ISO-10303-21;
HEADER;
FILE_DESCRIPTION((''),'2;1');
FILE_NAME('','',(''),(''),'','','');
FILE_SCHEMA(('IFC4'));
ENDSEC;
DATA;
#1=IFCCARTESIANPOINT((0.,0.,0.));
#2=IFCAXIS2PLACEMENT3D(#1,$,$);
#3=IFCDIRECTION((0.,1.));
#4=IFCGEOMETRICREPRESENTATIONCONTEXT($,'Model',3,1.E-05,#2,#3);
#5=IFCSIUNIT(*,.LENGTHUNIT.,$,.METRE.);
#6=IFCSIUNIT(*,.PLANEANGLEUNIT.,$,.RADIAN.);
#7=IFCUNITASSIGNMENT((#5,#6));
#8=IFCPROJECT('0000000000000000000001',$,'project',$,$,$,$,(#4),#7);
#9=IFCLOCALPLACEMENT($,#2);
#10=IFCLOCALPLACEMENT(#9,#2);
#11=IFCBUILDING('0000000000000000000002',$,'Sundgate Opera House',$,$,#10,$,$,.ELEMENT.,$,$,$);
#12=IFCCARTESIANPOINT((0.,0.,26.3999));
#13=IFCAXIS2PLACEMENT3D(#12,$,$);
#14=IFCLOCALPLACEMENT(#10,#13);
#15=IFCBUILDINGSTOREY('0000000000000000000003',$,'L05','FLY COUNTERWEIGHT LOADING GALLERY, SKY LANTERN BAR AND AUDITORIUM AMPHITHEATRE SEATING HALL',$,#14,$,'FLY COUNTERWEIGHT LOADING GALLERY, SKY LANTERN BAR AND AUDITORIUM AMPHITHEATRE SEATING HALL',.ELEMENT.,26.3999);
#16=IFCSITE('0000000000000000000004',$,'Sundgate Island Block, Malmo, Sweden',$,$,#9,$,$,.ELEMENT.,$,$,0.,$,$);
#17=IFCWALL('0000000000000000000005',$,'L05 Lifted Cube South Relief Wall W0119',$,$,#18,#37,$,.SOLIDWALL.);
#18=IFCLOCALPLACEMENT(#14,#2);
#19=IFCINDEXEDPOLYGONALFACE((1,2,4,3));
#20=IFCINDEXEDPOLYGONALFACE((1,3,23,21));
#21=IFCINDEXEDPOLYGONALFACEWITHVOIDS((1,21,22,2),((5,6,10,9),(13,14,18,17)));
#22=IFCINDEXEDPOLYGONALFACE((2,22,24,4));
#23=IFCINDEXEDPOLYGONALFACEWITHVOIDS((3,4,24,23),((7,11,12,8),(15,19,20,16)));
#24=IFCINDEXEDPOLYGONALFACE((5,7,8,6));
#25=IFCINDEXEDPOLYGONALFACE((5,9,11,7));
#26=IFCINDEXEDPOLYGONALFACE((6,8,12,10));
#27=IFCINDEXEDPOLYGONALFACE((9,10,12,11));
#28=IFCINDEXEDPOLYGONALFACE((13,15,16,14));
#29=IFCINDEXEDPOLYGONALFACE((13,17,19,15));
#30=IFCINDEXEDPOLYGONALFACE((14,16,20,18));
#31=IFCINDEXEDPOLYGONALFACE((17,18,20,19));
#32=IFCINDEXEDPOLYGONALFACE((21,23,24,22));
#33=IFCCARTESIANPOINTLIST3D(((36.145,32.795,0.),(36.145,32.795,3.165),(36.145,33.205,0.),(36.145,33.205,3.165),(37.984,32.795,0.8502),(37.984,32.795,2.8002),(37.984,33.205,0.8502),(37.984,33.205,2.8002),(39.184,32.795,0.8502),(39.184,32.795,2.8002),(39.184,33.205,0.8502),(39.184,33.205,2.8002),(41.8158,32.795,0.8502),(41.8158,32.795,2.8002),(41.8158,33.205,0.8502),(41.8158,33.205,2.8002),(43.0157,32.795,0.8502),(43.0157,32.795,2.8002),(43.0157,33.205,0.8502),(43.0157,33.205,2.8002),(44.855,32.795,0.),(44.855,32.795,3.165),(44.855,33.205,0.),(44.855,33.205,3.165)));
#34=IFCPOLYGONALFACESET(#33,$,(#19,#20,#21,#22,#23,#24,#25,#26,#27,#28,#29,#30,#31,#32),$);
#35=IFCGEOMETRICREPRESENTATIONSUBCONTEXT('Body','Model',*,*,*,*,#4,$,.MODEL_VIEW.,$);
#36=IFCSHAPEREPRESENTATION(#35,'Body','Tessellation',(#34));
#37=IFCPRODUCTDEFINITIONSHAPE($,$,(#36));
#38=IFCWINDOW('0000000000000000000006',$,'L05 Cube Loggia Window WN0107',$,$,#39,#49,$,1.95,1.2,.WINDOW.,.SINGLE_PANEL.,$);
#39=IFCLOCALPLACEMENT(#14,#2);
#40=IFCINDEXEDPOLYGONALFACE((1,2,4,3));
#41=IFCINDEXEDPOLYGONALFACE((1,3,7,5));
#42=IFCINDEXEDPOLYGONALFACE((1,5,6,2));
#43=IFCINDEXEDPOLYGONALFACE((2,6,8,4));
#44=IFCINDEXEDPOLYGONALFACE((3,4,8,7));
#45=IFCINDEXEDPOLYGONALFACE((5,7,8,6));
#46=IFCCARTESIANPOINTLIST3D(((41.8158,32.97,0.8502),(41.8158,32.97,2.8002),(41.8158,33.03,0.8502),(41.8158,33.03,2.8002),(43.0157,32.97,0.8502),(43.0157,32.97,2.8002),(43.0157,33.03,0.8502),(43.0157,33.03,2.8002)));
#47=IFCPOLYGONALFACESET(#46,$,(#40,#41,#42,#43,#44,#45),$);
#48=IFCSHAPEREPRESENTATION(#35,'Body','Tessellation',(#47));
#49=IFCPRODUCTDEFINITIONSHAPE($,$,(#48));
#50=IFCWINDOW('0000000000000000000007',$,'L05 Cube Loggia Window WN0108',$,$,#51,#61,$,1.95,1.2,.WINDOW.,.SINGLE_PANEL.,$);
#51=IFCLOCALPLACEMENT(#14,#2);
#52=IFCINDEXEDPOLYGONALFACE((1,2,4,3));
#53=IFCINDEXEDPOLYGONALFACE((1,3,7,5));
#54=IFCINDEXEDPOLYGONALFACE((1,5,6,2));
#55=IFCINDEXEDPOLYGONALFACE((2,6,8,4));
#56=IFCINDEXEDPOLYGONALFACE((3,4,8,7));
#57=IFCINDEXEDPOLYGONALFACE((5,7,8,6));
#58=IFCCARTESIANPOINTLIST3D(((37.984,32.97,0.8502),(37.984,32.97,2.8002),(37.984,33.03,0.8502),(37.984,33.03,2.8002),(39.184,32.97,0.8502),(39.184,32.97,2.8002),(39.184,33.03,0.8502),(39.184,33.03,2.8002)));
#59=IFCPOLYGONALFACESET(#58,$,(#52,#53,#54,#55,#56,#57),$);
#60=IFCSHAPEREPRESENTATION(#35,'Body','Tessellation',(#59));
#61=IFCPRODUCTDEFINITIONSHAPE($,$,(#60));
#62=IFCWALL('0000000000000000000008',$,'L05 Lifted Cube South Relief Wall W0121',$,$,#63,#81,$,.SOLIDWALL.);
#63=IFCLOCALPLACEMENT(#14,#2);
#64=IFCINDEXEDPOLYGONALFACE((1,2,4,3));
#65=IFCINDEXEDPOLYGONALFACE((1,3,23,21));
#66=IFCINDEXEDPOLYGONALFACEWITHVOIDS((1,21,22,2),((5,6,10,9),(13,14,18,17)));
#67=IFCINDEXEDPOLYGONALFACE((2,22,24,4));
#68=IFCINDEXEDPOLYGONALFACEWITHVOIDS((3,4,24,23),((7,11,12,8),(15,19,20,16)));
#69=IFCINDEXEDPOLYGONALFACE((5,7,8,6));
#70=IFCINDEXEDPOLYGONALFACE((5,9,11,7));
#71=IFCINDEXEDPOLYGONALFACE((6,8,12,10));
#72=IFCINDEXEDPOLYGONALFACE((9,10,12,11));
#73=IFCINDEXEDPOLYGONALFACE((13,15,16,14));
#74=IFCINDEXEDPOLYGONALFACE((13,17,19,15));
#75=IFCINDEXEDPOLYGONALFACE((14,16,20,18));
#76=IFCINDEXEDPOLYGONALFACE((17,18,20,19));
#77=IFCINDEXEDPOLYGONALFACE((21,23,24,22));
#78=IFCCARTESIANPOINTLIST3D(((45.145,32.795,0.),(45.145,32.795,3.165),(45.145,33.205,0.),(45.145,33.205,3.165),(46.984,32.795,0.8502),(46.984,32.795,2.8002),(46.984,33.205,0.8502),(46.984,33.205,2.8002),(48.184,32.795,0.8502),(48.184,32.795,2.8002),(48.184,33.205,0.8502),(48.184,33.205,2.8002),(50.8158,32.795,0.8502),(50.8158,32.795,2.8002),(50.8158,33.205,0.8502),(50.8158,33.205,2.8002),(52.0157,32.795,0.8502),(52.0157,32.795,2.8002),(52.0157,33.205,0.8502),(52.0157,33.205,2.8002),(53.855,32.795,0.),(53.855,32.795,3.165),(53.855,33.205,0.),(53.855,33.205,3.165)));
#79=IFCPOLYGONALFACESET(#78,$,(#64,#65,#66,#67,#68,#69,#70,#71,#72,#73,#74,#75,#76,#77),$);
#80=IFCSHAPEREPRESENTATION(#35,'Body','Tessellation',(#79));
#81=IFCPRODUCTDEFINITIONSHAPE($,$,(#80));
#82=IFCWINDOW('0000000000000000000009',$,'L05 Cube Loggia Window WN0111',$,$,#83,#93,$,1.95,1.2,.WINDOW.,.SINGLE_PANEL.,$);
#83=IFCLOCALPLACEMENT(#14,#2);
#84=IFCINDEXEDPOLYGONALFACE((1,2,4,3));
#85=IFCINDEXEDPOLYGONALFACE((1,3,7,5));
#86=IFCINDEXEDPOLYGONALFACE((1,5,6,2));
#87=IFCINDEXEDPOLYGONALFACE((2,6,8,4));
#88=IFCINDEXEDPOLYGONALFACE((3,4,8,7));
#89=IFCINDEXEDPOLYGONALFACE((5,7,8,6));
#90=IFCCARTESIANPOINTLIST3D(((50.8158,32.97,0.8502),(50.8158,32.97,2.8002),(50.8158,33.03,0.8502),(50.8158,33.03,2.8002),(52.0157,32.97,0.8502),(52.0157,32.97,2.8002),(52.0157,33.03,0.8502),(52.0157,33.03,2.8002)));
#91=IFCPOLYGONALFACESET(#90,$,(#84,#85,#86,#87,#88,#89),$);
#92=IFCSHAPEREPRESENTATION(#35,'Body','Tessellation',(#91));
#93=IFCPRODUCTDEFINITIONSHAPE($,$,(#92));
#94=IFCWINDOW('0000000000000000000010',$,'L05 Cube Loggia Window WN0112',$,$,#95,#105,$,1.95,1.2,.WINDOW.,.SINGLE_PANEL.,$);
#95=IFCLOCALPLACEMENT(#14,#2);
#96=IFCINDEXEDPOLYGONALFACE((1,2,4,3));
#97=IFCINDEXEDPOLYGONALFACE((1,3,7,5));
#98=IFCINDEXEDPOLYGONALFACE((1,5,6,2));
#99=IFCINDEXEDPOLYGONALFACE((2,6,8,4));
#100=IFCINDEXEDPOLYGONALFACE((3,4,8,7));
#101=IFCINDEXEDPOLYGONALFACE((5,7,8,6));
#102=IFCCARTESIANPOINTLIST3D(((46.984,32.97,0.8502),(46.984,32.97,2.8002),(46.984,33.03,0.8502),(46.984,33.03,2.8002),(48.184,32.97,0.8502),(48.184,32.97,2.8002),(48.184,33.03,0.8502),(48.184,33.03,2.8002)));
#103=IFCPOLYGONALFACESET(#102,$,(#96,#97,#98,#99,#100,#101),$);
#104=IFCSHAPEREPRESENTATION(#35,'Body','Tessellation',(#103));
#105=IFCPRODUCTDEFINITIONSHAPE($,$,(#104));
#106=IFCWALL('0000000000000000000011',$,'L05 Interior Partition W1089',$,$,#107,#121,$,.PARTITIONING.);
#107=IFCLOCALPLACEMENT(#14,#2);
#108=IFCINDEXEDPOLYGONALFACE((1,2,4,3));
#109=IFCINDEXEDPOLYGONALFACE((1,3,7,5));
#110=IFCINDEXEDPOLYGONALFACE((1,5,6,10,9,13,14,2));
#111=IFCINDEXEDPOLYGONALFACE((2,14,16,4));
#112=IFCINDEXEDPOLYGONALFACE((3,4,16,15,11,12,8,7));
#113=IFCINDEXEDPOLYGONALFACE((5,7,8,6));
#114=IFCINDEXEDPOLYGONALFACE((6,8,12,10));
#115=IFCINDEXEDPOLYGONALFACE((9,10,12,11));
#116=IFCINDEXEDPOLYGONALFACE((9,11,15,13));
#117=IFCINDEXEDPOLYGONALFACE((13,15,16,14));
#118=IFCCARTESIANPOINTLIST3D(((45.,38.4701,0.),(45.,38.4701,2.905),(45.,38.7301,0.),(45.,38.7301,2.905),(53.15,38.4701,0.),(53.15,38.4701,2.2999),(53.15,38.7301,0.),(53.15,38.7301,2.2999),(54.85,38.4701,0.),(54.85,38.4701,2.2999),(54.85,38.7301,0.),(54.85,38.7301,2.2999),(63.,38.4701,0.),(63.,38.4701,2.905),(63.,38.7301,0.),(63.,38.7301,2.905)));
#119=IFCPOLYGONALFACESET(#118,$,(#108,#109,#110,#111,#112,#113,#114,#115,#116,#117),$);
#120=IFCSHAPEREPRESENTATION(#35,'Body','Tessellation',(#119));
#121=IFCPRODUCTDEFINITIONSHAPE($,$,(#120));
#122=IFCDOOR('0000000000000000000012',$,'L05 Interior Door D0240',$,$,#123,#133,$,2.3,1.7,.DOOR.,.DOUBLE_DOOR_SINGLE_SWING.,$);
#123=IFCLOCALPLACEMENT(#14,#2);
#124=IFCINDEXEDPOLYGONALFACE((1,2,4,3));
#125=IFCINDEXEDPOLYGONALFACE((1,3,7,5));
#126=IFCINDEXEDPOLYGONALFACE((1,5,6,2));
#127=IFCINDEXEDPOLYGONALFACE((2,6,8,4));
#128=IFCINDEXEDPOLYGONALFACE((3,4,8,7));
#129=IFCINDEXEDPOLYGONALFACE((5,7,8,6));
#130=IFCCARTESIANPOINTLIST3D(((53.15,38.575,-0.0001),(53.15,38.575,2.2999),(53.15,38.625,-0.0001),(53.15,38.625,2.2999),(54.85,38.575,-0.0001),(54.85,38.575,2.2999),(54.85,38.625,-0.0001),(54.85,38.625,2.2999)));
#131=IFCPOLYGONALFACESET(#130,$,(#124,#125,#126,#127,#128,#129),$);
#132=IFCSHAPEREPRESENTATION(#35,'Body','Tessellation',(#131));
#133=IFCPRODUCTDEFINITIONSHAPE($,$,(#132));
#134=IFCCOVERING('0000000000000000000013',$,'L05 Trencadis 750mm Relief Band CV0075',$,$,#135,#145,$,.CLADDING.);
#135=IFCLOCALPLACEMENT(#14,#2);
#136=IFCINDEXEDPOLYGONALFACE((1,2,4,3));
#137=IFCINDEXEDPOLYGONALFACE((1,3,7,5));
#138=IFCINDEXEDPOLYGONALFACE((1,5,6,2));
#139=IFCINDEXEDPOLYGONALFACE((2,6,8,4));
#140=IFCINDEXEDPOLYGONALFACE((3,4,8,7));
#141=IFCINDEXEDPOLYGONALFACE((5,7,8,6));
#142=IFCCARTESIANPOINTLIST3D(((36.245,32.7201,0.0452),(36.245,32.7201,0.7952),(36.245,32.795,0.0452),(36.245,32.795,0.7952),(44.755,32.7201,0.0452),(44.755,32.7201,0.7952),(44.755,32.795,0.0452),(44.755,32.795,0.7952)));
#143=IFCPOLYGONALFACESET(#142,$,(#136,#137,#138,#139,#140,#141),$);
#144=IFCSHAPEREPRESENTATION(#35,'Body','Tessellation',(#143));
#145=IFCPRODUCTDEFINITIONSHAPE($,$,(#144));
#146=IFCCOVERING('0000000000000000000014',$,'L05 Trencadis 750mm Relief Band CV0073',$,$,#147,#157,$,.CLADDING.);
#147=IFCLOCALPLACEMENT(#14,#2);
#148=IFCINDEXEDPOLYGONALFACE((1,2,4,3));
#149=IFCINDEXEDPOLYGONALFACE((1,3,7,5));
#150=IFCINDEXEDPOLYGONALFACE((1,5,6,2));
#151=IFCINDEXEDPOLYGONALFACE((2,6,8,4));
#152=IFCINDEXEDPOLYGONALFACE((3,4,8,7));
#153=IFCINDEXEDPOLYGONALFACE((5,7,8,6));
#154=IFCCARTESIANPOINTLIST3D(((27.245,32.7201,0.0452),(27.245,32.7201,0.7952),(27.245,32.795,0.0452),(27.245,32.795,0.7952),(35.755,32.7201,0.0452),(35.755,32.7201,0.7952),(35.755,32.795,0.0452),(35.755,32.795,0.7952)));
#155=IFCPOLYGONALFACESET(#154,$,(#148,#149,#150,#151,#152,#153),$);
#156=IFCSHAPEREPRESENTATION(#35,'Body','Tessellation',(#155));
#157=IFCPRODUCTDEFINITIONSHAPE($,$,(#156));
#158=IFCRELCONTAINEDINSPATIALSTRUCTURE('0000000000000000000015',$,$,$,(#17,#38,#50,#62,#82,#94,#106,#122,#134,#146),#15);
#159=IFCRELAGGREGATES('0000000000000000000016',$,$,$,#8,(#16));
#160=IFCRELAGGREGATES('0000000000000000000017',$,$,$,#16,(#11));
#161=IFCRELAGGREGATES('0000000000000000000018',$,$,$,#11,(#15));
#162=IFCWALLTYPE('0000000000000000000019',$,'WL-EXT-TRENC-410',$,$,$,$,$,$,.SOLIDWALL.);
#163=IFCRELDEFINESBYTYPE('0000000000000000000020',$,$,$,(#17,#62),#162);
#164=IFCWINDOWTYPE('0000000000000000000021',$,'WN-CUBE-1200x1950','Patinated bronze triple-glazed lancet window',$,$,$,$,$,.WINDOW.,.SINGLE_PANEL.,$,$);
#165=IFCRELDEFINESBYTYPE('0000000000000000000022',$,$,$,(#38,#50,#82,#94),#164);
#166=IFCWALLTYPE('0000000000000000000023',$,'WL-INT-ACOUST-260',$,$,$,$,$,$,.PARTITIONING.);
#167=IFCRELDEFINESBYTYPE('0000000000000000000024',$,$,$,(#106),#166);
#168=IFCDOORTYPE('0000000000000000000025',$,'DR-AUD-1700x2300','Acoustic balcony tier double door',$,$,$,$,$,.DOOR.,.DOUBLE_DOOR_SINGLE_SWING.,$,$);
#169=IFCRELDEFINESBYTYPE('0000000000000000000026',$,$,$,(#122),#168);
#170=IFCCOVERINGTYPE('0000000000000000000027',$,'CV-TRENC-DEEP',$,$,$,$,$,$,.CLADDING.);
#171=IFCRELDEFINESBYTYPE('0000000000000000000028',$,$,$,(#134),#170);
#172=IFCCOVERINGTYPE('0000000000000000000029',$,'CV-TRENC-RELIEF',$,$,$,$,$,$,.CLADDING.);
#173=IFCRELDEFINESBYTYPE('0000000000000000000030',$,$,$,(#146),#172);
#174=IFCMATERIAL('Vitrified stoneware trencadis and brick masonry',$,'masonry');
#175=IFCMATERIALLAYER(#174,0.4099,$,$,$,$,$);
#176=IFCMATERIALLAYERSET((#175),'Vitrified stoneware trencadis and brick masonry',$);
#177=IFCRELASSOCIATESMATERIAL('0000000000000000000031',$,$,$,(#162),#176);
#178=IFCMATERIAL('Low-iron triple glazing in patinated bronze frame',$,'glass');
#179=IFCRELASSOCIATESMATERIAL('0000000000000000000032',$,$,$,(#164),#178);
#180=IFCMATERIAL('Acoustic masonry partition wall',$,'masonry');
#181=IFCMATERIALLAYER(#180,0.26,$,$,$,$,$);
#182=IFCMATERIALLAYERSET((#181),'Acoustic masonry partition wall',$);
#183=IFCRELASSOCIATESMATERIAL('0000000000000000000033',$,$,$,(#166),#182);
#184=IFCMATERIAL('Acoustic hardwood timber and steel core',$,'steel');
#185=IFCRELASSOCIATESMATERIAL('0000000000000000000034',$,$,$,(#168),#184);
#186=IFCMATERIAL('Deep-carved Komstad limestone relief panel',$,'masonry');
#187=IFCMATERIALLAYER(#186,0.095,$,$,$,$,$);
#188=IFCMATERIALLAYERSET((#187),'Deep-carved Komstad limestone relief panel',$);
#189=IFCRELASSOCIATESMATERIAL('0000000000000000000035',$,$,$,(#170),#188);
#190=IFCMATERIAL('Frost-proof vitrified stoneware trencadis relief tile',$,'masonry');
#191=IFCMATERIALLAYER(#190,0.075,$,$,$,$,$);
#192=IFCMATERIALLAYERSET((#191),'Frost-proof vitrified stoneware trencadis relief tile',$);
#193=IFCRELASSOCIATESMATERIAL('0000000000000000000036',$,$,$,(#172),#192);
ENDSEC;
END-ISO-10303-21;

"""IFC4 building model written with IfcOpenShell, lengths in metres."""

from ifc_helpers import new_model, si_unit, direction, frame, frame_2d, origin, origin_2d, place, context, subcontext, project, spatial, rectangle, extrude, material, layer, layer_set, type_object, element, fill, save


model = new_model("IFC4")

# Units and contexts
model_context = context("Model", 3, precision=1e-05, world=origin(), true_north=direction((0.0, 1.0)))
body_context = subcontext(model_context, "Body", "Model", "MODEL_VIEW")
ifc_project = project(units=[si_unit("LENGTHUNIT", "METRE"), si_unit("PLANEANGLEUNIT", "RADIAN")], contexts=[model_context])

# Site, building, storey
site_placement = place(None, origin())
site = spatial("IfcSite", under=ifc_project, at=site_placement, Name="Sundgate Island Block, Malmo, Sweden", CompositionType="ELEMENT", RefElevation=0.0)
building_placement = place(site_placement, origin())
building = spatial("IfcBuilding", under=site, at=building_placement, Name="Sundgate Opera House", CompositionType="ELEMENT")
storey_placement = place(building_placement, frame((0.0, 0.0, 26.3999)))
storey = spatial("IfcBuildingStorey", under=building, at=storey_placement, Name="L05", Description="FLY COUNTERWEIGHT LOADING GALLERY, SKY LANTERN BAR AND AUDITORIUM AMPHITHEATRE SEATING HALL", LongName="FLY COUNTERWEIGHT LOADING GALLERY, SKY LANTERN BAR AND AUDITORIUM AMPHITHEATRE SEATING HALL", CompositionType="ELEMENT", Elevation=26.3999)

# Shared definitions
ifc_material_1 = material(Name="Vitrified stoneware trencadis and brick masonry", Category="masonry")
ifc_layer_1 = layer(ifc_material_1, 0.4099)
ifc_layer_set_1 = layer_set([ifc_layer_1], Name="Vitrified stoneware trencadis and brick masonry")
wall_type_1 = type_object("IfcWallType", Name="WL-EXT-TRENC-410", PredefinedType="SOLIDWALL", material=ifc_layer_set_1)

# Walls, openings, windows
wall_1_placement = place(storey_placement, frame((44.855, 33.0, 0.0), z_axis=(0.0, 0.0, 1.0), x_axis=(-1.0, 0.0, 0.0)))
wall_1 = element("IfcWall", 1, at=wall_1_placement, inside=storey, type_object=wall_type_1, Name="L05 Lifted Cube South Relief Wall W0119", PredefinedType="SOLIDWALL", context=body_context, shape_type="SweptSolid", body=[
    extrude(rectangle(XDim=8.71, YDim=0.4099, at=frame_2d((4.355, 0.0))), origin(), (0.0, 0.0, 1.0), 3.165),
])
opening_1_placement = place(wall_1_placement, frame((1.8391, 0.0, 0.8501)))
opening_1 = element("IfcOpeningElement", 2, at=opening_1_placement, cuts=wall_1, PredefinedType="OPENING", context=body_context, shape_type="SweptSolid", body=[
    extrude(rectangle(XDim=1.2, YDim=1.95, at=frame_2d((0.6001, 0.9751))), frame((0.0, 0.2148, 0.0), z_axis=(0.0, -1.0, 0.0), x_axis=(1.0, 0.0, 0.0)), (0.0, 0.0, 1.0), 0.4299),
])
opening_2_placement = place(wall_1_placement, frame((5.6709, 0.0, 0.8501)))
opening_2 = element("IfcOpeningElement", 3, at=opening_2_placement, cuts=wall_1, PredefinedType="OPENING", context=body_context, shape_type="SweptSolid", body=[
    extrude(rectangle(XDim=1.2, YDim=1.95, at=frame_2d((0.6001, 0.9751))), frame((0.0, 0.2148, 0.0), z_axis=(0.0, -1.0, 0.0), x_axis=(1.0, 0.0, 0.0)), (0.0, 0.0, 1.0), 0.4299),
])
ifc_material_2 = material(Name="Low-iron triple glazing in patinated bronze frame", Category="glass")
window_type = type_object("IfcWindowType", Name="WN-CUBE-1200x1950", Description="Patinated bronze triple-glazed lancet window", PartitioningType="SINGLE_PANEL", PredefinedType="WINDOW", material=ifc_material_2)
window_1_placement = place(opening_1_placement, origin())
window_1 = element("IfcWindow", 4, at=window_1_placement, inside=storey, type_object=window_type, Name="L05 Cube Loggia Window WN0107", OverallHeight=1.95, OverallWidth=1.2, PartitioningType="SINGLE_PANEL", PredefinedType="WINDOW", context=body_context, shape_type="SweptSolid", body=[
    extrude(rectangle(XDim=1.2, YDim=1.95, at=frame_2d((0.6001, 0.9751))), frame((0.0, 0.03, 0.0), z_axis=(0.0, -1.0, 0.0), x_axis=(1.0, 0.0, 0.0)), (0.0, 0.0, 1.0), 0.0601),
])
fill(opening_1, window_1)
window_2_placement = place(opening_2_placement, origin())
window_2 = element("IfcWindow", 5, at=window_2_placement, inside=storey, type_object=window_type, Name="L05 Cube Loggia Window WN0108", OverallHeight=1.95, OverallWidth=1.2, PartitioningType="SINGLE_PANEL", PredefinedType="WINDOW", context=body_context, shape_type="SweptSolid", body=[
    extrude(rectangle(XDim=1.2, YDim=1.95, at=frame_2d((0.6001, 0.9751))), frame((0.0, 0.03, 0.0), z_axis=(0.0, -1.0, 0.0), x_axis=(1.0, 0.0, 0.0)), (0.0, 0.0, 1.0), 0.0601),
])
fill(opening_2, window_2)
wall_2_placement = place(storey_placement, frame((53.855, 33.0, 0.0), z_axis=(0.0, 0.0, 1.0), x_axis=(-1.0, 0.0, 0.0)))
wall_2 = element("IfcWall", 6, at=wall_2_placement, inside=storey, type_object=wall_type_1, Name="L05 Lifted Cube South Relief Wall W0121", PredefinedType="SOLIDWALL", context=body_context, shape_type="SweptSolid", body=[
    extrude(rectangle(XDim=8.71, YDim=0.4099, at=frame_2d((4.355, 0.0))), origin(), (0.0, 0.0, 1.0), 3.165),
])
opening_3_placement = place(wall_2_placement, frame((1.8391, 0.0, 0.8501)))
opening_3 = element("IfcOpeningElement", 7, at=opening_3_placement, cuts=wall_2, PredefinedType="OPENING", context=body_context, shape_type="SweptSolid", body=[
    extrude(rectangle(XDim=1.2, YDim=1.95, at=frame_2d((0.6001, 0.9751))), frame((0.0, 0.2148, 0.0), z_axis=(0.0, -1.0, 0.0), x_axis=(1.0, 0.0, 0.0)), (0.0, 0.0, 1.0), 0.4299),
])
opening_4_placement = place(wall_2_placement, frame((5.6709, 0.0, 0.8501)))
opening_4 = element("IfcOpeningElement", 8, at=opening_4_placement, cuts=wall_2, PredefinedType="OPENING", context=body_context, shape_type="SweptSolid", body=[
    extrude(rectangle(XDim=1.2, YDim=1.95, at=frame_2d((0.6001, 0.9751))), frame((0.0, 0.2148, 0.0), z_axis=(0.0, -1.0, 0.0), x_axis=(1.0, 0.0, 0.0)), (0.0, 0.0, 1.0), 0.4299),
])
window_3_placement = place(opening_3_placement, origin())
window_3 = element("IfcWindow", 9, at=window_3_placement, inside=storey, type_object=window_type, Name="L05 Cube Loggia Window WN0111", OverallHeight=1.95, OverallWidth=1.2, PartitioningType="SINGLE_PANEL", PredefinedType="WINDOW", context=body_context, shape_type="SweptSolid", body=[
    extrude(rectangle(XDim=1.2, YDim=1.95, at=frame_2d((0.6001, 0.9751))), frame((0.0, 0.03, 0.0), z_axis=(0.0, -1.0, 0.0), x_axis=(1.0, 0.0, 0.0)), (0.0, 0.0, 1.0), 0.0601),
])
fill(opening_3, window_3)
window_4_placement = place(opening_4_placement, origin())
window_4 = element("IfcWindow", 10, at=window_4_placement, inside=storey, type_object=window_type, Name="L05 Cube Loggia Window WN0112", OverallHeight=1.95, OverallWidth=1.2, PartitioningType="SINGLE_PANEL", PredefinedType="WINDOW", context=body_context, shape_type="SweptSolid", body=[
    extrude(rectangle(XDim=1.2, YDim=1.95, at=frame_2d((0.6001, 0.9751))), frame((0.0, 0.03, 0.0), z_axis=(0.0, -1.0, 0.0), x_axis=(1.0, 0.0, 0.0)), (0.0, 0.0, 1.0), 0.0601),
])
fill(opening_4, window_4)

# Wall, opening, door
ifc_material_3 = material(Name="Acoustic masonry partition wall", Category="masonry")
ifc_layer_2 = layer(ifc_material_3, 0.26)
ifc_layer_set_2 = layer_set([ifc_layer_2], Name="Acoustic masonry partition wall")
wall_type_2 = type_object("IfcWallType", Name="WL-INT-ACOUST-260", PredefinedType="PARTITIONING", material=ifc_layer_set_2)
wall_3_placement = place(storey_placement, frame((45.0, 38.6001, 0.0), z_axis=(0.0, 0.0, 1.0), x_axis=(1.0, 0.0, 0.0)))
wall_3 = element("IfcWall", 11, at=wall_3_placement, inside=storey, type_object=wall_type_2, Name="L05 Interior Partition W1089", PredefinedType="PARTITIONING", context=body_context, shape_type="SweptSolid", body=[
    extrude(rectangle(XDim=18.0, YDim=0.26, at=frame_2d((9.0, 0.0))), origin(), (0.0, 0.0, 1.0), 2.905),
])
opening_5_placement = place(wall_3_placement, frame((8.1499, 0.0, 0.0)))
opening_5 = element("IfcOpeningElement", 12, at=opening_5_placement, cuts=wall_3, PredefinedType="OPENING", context=body_context, shape_type="SweptSolid", body=[
    extrude(rectangle(XDim=1.7, YDim=2.3, at=frame_2d((0.8501, 1.1499))), frame((0.0, 0.1399, 0.0), z_axis=(0.0, -1.0, 0.0), x_axis=(1.0, 0.0, 0.0)), (0.0, 0.0, 1.0), 0.28),
])
ifc_material_4 = material(Name="Acoustic hardwood timber and steel core", Category="steel")
door_type = type_object("IfcDoorType", Name="DR-AUD-1700x2300", Description="Acoustic balcony tier double door", OperationType="DOUBLE_DOOR_SINGLE_SWING", PredefinedType="DOOR", material=ifc_material_4)
door_placement = place(opening_5_placement, origin())
door = element("IfcDoor", 13, at=door_placement, inside=storey, type_object=door_type, Name="L05 Interior Door D0240", OperationType="DOUBLE_DOOR_SINGLE_SWING", OverallHeight=2.3, OverallWidth=1.7, PredefinedType="DOOR", context=body_context, shape_type="SweptSolid", body=[
    extrude(rectangle(XDim=1.7, YDim=2.3, at=frame_2d((0.8501, 1.1499))), frame((0.0, 0.0249, 0.0), z_axis=(0.0, -1.0, 0.0), x_axis=(1.0, 0.0, 0.0)), (0.0, 0.0, 1.0), 0.05),
])
fill(opening_5, door)

# Coverings
ifc_material_5 = material(Name="Deep-carved Komstad limestone relief panel", Category="masonry")
ifc_layer_3 = layer(ifc_material_5, 0.095)
ifc_layer_set_3 = layer_set([ifc_layer_3], Name="Deep-carved Komstad limestone relief panel")
covering_type_1 = type_object("IfcCoveringType", Name="CV-TRENC-DEEP", PredefinedType="CLADDING", material=ifc_layer_set_3)
covering_1_placement = place(storey_placement, frame((40.5, 32.7576, 0.0452), z_axis=(0.0, 0.0, 1.0), x_axis=(1.0, 0.0, 0.0)))
element("IfcCovering", 14, at=covering_1_placement, inside=storey, type_object=covering_type_1, Name="L05 Trencadis 750mm Relief Band CV0075", PredefinedType="CLADDING", context=body_context, shape_type="SweptSolid", body=[
    extrude(rectangle(XDim=8.51, YDim=0.075, at=origin_2d()), origin(), (0.0, 0.0, 1.0), 0.75),
])
ifc_material_6 = material(Name="Frost-proof vitrified stoneware trencadis relief tile", Category="masonry")
ifc_layer_4 = layer(ifc_material_6, 0.075)
ifc_layer_set_4 = layer_set([ifc_layer_4], Name="Frost-proof vitrified stoneware trencadis relief tile")
covering_type_2 = type_object("IfcCoveringType", Name="CV-TRENC-RELIEF", PredefinedType="CLADDING", material=ifc_layer_set_4)
covering_2_placement = place(storey_placement, frame((31.5, 32.7576, 0.0452), z_axis=(0.0, 0.0, 1.0), x_axis=(1.0, 0.0, 0.0)))
element("IfcCovering", 15, at=covering_2_placement, inside=storey, type_object=covering_type_2, Name="L05 Trencadis 750mm Relief Band CV0073", PredefinedType="CLADDING", context=body_context, shape_type="SweptSolid", body=[
    extrude(rectangle(XDim=8.51, YDim=0.075, at=origin_2d()), origin(), (0.0, 0.0, 1.0), 0.75),
])

save(model, "model.ifc")
